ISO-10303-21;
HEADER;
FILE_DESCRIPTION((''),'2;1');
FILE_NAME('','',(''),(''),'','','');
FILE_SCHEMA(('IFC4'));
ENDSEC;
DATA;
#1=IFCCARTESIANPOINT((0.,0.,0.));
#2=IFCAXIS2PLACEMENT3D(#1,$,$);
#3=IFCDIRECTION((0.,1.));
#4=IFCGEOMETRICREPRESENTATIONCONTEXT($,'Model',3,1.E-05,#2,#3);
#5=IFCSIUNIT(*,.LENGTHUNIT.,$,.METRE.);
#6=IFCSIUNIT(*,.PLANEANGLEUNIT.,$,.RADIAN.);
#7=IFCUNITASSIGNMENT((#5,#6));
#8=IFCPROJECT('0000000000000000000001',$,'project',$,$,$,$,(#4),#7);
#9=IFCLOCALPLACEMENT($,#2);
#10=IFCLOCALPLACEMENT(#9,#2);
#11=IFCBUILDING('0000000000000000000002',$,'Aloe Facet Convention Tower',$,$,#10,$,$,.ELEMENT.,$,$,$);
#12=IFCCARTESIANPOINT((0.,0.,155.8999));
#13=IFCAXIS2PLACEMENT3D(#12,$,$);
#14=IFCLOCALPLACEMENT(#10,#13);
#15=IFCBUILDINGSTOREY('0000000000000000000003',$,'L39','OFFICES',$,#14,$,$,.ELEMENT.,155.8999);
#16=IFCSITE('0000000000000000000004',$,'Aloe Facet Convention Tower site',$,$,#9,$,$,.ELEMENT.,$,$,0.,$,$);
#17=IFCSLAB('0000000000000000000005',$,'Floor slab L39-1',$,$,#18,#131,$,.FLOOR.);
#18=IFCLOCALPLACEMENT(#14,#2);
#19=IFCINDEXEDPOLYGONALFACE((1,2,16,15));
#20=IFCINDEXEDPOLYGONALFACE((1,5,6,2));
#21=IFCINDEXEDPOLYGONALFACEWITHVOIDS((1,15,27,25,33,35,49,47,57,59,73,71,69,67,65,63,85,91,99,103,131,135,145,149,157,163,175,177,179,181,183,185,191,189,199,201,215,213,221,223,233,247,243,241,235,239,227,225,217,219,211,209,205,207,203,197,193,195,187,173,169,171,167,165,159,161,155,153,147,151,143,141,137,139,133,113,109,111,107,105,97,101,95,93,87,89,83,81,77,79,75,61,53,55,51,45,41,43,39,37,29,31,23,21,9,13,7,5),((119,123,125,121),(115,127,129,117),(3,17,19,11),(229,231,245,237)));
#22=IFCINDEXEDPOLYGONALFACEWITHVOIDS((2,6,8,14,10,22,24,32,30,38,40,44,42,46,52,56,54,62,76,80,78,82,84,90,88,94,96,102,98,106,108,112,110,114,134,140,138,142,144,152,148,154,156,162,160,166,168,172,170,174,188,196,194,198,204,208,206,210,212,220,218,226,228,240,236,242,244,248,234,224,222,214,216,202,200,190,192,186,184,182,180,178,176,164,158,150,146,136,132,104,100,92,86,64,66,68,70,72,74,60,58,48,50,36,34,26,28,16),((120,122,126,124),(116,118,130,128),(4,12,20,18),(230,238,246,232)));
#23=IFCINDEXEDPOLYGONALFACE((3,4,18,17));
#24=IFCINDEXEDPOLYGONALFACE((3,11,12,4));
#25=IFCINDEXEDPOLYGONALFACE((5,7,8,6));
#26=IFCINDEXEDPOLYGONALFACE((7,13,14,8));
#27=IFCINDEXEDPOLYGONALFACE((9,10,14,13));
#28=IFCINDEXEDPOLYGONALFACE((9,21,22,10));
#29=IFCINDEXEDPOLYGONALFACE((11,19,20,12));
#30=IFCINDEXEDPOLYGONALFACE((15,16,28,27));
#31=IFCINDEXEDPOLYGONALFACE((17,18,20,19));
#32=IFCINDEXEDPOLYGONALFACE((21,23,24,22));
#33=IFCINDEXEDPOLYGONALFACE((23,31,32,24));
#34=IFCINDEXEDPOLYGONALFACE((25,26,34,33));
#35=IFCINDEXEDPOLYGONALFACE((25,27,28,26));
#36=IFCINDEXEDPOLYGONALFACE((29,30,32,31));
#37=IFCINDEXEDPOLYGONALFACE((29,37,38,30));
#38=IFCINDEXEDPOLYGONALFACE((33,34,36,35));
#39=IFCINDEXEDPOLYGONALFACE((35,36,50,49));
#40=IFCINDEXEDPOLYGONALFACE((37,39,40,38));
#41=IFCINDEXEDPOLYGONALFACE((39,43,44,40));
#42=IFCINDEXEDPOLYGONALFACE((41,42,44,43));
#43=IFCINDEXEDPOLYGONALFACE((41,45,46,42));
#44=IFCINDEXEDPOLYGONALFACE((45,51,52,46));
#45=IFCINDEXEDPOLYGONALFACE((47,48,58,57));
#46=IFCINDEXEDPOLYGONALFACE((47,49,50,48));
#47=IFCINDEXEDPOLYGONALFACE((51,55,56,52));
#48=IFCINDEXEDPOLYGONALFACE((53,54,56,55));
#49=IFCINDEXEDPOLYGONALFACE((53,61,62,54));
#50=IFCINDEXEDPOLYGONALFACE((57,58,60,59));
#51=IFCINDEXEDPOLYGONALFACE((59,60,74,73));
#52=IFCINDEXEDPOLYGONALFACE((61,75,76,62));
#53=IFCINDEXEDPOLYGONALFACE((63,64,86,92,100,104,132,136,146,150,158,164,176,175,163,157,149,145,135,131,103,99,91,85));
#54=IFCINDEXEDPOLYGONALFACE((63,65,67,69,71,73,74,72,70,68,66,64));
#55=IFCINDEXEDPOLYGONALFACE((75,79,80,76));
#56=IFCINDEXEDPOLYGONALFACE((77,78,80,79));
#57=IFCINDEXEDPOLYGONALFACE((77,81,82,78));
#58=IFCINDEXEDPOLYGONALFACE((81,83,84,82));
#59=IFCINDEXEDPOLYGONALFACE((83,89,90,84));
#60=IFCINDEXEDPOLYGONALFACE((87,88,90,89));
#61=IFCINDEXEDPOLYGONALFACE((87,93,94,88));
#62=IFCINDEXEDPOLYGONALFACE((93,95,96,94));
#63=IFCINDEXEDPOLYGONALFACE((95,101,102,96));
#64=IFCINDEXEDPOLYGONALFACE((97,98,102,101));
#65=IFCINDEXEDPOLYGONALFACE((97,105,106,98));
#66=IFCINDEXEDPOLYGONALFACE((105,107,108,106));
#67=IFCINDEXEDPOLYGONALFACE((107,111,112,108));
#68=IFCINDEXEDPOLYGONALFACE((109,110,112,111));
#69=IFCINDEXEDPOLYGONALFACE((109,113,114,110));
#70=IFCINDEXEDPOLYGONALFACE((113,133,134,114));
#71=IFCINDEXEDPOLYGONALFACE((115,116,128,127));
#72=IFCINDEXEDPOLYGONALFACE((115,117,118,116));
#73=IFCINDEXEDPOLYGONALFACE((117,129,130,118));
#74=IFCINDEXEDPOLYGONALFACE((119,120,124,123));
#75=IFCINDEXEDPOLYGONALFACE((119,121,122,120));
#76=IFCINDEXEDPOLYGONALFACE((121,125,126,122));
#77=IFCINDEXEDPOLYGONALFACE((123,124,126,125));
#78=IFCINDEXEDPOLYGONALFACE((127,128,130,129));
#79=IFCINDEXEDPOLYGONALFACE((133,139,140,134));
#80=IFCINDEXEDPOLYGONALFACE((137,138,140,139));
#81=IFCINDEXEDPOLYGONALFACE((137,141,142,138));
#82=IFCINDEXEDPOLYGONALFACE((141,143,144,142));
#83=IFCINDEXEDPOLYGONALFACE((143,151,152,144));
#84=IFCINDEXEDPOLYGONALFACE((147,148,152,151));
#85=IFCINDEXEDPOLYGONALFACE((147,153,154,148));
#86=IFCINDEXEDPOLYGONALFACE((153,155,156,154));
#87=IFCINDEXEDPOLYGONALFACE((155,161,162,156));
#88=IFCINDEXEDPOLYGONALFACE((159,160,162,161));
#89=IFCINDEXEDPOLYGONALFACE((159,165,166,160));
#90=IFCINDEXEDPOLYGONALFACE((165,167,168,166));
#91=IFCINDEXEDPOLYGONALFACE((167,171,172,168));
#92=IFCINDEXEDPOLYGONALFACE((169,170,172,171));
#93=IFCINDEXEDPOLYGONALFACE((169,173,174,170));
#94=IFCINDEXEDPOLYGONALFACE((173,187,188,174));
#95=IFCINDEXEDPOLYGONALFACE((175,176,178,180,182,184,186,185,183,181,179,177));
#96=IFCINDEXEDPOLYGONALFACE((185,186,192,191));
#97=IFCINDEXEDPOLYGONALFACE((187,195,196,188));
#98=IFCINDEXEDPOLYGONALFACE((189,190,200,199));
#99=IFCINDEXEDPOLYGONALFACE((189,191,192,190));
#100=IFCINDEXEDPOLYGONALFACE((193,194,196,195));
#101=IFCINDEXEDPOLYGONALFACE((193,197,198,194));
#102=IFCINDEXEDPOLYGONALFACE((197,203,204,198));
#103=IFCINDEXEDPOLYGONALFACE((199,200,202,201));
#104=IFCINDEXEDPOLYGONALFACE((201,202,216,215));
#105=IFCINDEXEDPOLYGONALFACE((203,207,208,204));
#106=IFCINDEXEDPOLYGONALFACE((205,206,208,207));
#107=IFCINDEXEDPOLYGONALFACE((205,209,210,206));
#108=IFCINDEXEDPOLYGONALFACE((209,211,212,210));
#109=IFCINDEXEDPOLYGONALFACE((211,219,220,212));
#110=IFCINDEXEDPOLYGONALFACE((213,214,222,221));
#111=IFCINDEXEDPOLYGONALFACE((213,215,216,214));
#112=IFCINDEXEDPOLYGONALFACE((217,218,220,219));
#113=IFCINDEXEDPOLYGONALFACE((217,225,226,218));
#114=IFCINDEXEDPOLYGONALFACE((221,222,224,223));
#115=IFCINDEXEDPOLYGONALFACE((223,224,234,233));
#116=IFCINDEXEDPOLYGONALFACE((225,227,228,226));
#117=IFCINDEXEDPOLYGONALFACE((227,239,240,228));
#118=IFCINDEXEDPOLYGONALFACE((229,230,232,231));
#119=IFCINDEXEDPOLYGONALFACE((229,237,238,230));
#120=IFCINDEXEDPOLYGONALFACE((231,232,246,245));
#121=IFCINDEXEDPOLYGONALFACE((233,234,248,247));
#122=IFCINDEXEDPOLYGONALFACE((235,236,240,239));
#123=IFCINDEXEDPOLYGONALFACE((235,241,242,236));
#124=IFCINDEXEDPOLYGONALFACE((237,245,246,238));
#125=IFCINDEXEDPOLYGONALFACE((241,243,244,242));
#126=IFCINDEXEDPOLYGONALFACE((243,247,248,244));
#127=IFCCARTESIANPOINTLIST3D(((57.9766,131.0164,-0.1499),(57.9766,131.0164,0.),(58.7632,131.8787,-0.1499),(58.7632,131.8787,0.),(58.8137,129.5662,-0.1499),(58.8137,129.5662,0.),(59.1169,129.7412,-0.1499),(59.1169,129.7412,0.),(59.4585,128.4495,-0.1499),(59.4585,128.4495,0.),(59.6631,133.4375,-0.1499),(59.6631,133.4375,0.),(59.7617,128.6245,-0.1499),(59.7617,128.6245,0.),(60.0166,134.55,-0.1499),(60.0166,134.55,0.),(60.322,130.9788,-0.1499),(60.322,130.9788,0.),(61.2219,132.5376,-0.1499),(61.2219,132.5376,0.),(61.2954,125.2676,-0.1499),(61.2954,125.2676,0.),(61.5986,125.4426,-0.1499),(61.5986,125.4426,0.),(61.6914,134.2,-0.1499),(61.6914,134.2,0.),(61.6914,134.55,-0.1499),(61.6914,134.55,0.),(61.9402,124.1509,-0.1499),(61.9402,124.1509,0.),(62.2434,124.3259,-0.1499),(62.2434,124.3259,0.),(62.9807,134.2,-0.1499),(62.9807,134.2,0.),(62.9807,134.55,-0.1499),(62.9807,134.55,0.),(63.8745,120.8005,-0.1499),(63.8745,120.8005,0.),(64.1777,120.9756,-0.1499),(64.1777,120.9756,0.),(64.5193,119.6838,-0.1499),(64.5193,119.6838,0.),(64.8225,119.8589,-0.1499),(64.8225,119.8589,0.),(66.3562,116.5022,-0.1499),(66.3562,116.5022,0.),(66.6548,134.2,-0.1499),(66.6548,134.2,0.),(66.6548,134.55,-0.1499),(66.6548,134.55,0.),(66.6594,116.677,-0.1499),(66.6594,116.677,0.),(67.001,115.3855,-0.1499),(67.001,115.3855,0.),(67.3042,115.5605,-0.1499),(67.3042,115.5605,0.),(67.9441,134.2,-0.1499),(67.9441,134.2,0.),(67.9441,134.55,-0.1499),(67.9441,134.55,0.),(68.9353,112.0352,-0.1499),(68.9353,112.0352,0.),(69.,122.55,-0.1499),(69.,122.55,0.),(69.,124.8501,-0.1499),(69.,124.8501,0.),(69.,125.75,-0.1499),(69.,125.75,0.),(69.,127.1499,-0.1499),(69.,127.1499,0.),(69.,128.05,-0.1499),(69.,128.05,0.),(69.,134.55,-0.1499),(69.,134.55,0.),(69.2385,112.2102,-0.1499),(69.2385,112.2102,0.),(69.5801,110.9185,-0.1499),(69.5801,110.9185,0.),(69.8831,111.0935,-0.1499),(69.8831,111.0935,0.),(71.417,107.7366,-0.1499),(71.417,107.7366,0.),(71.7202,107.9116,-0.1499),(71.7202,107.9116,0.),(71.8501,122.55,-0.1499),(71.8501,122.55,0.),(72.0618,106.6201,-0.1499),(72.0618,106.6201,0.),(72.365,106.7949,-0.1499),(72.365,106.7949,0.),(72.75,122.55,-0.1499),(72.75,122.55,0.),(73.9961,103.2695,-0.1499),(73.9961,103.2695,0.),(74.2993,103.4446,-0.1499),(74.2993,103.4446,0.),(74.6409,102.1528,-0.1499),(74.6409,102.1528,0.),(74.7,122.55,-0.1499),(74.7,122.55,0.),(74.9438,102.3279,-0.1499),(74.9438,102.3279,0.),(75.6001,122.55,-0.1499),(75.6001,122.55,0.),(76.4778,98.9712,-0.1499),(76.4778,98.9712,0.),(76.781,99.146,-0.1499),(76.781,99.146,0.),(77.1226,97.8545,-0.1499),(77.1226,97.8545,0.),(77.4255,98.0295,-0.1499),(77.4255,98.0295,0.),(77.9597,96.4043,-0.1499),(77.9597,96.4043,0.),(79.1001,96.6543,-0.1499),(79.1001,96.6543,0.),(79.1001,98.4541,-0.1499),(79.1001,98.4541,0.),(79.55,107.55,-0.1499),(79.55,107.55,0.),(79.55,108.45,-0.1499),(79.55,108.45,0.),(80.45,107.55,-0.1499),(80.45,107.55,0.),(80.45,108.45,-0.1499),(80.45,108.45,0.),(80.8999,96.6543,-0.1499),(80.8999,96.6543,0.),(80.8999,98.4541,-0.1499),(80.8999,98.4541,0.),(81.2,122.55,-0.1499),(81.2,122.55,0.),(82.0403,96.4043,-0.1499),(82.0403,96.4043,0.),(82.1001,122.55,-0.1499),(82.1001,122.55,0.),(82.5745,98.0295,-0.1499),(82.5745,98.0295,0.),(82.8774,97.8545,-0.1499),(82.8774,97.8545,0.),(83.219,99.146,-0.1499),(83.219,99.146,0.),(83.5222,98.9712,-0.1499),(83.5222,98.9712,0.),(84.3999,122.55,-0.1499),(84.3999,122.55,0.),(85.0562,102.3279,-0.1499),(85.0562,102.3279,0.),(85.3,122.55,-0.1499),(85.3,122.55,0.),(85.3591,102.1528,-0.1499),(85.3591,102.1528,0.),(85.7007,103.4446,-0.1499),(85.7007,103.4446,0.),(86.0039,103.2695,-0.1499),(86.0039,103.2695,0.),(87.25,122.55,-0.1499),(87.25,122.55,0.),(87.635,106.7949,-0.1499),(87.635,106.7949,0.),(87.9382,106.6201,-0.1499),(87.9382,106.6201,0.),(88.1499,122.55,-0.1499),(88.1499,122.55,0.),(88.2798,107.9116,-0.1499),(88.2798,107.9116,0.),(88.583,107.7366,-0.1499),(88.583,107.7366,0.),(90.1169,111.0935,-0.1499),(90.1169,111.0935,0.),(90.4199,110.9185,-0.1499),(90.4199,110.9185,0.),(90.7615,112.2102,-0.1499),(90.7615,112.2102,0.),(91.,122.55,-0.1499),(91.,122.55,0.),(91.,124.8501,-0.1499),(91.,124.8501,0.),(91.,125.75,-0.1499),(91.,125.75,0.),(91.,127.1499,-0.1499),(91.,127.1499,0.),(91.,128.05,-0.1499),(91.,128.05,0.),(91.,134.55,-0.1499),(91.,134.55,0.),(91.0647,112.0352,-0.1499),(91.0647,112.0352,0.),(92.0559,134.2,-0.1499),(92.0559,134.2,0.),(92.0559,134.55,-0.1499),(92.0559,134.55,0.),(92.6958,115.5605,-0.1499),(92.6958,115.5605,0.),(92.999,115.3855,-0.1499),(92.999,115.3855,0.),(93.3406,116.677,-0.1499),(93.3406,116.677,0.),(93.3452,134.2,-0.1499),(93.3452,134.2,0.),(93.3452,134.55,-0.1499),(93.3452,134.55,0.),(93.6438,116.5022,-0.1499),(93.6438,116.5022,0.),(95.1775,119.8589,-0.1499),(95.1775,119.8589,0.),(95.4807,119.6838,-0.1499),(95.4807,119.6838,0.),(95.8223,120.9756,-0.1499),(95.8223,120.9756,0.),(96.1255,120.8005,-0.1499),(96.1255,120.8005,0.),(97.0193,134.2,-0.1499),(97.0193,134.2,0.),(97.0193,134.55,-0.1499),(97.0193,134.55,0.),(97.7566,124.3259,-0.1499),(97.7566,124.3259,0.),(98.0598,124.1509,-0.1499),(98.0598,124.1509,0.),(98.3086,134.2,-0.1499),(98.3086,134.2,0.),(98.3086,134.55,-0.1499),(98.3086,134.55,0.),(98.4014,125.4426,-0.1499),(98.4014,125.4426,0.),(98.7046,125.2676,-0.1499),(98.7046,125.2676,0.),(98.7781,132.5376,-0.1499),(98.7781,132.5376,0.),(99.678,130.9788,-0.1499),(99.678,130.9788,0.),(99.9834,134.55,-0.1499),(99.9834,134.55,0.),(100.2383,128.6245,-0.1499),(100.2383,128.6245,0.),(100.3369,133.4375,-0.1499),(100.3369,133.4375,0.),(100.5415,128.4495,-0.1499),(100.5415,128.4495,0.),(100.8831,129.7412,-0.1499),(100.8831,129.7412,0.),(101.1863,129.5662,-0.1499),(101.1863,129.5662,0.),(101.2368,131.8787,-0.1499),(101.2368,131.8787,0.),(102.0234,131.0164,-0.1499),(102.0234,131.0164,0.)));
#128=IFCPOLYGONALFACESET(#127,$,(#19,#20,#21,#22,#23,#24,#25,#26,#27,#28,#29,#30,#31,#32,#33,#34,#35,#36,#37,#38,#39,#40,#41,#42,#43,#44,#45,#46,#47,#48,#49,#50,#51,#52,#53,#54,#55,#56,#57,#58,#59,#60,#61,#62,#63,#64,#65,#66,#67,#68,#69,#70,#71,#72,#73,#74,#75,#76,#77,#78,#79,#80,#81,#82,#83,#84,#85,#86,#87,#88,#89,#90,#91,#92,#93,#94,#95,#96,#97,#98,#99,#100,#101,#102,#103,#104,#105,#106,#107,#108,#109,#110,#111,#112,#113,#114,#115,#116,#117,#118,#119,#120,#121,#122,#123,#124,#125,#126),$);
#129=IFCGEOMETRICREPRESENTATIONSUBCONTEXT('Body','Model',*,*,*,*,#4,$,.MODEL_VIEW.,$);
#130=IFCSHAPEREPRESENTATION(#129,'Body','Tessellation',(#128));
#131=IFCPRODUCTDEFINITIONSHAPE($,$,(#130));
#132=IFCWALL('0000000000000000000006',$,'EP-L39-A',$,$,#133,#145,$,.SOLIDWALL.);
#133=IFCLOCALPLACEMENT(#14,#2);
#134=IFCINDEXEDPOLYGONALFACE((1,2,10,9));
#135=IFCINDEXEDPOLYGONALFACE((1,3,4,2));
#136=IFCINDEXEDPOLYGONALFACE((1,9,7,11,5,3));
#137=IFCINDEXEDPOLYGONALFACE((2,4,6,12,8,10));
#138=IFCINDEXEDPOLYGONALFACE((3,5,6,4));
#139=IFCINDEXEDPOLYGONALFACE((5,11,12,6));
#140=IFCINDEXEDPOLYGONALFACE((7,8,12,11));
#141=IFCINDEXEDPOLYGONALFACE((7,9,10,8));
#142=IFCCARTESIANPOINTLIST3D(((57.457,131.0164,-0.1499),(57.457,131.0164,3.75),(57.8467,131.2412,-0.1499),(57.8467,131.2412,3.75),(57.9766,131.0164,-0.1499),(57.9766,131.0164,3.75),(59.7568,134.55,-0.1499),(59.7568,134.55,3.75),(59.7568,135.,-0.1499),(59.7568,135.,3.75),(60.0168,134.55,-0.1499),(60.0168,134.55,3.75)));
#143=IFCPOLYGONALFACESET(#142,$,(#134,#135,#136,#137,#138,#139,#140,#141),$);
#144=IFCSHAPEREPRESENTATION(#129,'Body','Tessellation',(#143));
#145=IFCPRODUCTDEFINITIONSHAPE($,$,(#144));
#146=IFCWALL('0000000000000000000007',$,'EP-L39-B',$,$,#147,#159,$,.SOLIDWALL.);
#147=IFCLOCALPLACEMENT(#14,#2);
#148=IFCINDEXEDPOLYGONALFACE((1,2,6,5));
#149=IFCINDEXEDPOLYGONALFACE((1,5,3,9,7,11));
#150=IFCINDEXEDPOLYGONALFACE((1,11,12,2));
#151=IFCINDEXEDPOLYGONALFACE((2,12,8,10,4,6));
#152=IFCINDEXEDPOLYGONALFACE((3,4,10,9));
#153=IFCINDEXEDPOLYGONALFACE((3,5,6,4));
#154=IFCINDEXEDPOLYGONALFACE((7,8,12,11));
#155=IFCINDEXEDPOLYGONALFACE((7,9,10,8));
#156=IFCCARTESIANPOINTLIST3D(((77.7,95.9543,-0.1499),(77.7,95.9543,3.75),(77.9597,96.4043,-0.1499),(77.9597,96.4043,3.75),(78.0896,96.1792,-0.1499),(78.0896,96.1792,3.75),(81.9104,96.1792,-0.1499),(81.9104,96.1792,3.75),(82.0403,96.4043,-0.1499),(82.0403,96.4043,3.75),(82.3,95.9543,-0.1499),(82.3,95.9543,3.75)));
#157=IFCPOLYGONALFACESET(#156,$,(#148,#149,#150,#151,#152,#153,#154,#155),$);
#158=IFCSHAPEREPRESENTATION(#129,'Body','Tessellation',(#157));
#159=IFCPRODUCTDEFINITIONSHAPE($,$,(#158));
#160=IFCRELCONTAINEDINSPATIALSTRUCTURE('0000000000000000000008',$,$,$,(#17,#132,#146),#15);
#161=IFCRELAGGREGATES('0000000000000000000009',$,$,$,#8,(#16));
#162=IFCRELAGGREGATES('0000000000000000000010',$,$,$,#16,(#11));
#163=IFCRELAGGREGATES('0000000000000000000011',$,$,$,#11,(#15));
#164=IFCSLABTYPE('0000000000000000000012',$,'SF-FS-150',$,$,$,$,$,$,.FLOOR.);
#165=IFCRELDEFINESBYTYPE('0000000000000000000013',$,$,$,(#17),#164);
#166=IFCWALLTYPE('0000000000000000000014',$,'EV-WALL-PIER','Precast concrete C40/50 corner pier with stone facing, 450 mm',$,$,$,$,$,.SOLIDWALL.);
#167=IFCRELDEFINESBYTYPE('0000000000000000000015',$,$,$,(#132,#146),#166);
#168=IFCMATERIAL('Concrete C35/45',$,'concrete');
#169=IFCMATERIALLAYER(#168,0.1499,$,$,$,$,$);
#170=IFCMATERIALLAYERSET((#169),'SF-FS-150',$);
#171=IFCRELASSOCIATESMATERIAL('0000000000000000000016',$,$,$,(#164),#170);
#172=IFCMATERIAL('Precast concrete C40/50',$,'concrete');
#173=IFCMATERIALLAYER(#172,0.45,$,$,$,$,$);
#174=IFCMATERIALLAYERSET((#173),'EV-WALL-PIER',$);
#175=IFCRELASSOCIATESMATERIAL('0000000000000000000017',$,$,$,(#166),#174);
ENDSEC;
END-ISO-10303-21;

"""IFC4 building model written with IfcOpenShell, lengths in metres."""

from ifc_helpers import new_model, si_unit, direction, frame, origin, place, context, subcontext, project, spatial, polyline, outline, extrude, material, layer, layer_set, type_object, element, save


model = new_model("IFC4")

# Units and contexts
model_context = context("Model", 3, precision=1e-05, world=origin(), true_north=direction((0.0, 1.0)))
body_context = subcontext(model_context, "Body", "Model", "MODEL_VIEW")
ifc_project = project(units=[si_unit("LENGTHUNIT", "METRE"), si_unit("PLANEANGLEUNIT", "RADIAN")], contexts=[model_context])

# Site, building, storey
site_placement = place(None, origin())
site = spatial("IfcSite", under=ifc_project, at=site_placement, Name="Aloe Facet Convention Tower site", CompositionType="ELEMENT", RefElevation=0.0)
building_placement = place(site_placement, origin())
building = spatial("IfcBuilding", under=site, at=building_placement, Name="Aloe Facet Convention Tower", CompositionType="ELEMENT")
storey_placement = place(building_placement, frame((0.0, 0.0, 155.8999)))
storey = spatial("IfcBuildingStorey", under=building, at=storey_placement, Name="L39", Description="OFFICES", CompositionType="ELEMENT", Elevation=155.8999)

# Slab
ifc_material_1 = material(Name="Concrete C35/45", Category="concrete")
ifc_layer_1 = layer(ifc_material_1, 0.1499)
ifc_layer_set_1 = layer_set([ifc_layer_1], Name="SF-FS-150")
slab_type_1 = type_object("IfcSlabType", Name="SF-FS-150", PredefinedType="FLOOR", material=ifc_layer_set_1)
slab_1_placement = place(storey_placement, frame((0.0, 0.0, -0.1499)))
element("IfcSlab", 1, at=slab_1_placement, inside=storey, type_object=slab_type_1, Name="Floor slab L39-1", PredefinedType="FLOOR", context=body_context, shape_type="SweptSolid", body=[
    extrude(outline(polyline([(102.0234, 131.0164), (101.1863, 129.5662), (100.8831, 129.7412), (100.2383, 128.6245), (100.5415, 128.4495), (98.7046, 125.2676), (98.4014, 125.4426), (97.7566, 124.3259), (98.0598, 124.1509), (96.1255, 120.8005), (95.8223, 120.9756), (95.1775, 119.8589), (95.4807, 119.6838), (93.6438, 116.5022), (93.3406, 116.677), (92.6958, 115.5605), (92.999, 115.3855), (91.0647, 112.0352), (90.7615, 112.2102), (90.1169, 111.0935), (90.4199, 110.9185), (88.583, 107.7366), (88.2798, 107.9116), (87.635, 106.7949), (87.9382, 106.6201), (86.0039, 103.2695), (85.7007, 103.4446), (85.0562, 102.3279), (85.3591, 102.1528), (83.5222, 98.9712), (83.219, 99.146), (82.5745, 98.0295), (82.8774, 97.8545), (82.0403, 96.4043), (77.9597, 96.4043), (77.1226, 97.8545), (77.4255, 98.0295), (76.781, 99.146), (76.4778, 98.9712), (74.6409, 102.1528), (74.9438, 102.3279), (74.2993, 103.4446), (73.9961, 103.2695), (72.0618, 106.6201), (72.365, 106.7949), (71.7202, 107.9116), (71.417, 107.7366), (69.5801, 110.9185), (69.8831, 111.0935), (69.2385, 112.2102), (68.9353, 112.0352), (67.001, 115.3855), (67.3042, 115.5605), (66.6594, 116.677), (66.3562, 116.5022), (64.5193, 119.6838), (64.8225, 119.8589), (64.1777, 120.9756), (63.8745, 120.8005), (61.9402, 124.1509), (62.2434, 124.3259), (61.5986, 125.4426), (61.2954, 125.2676), (59.4585, 128.4495), (59.7617, 128.6245), (59.1169, 129.7412), (58.8137, 129.5662), (57.9766, 131.0164), (60.0166, 134.55), (61.6914, 134.55), (61.6914, 134.2), (62.9807, 134.2), (62.9807, 134.55), (66.6548, 134.55), (66.6548, 134.2), (67.9441, 134.2), (67.9441, 134.55), (69.0, 134.55), (69.0, 128.05), (69.0, 127.1499), (69.0, 125.75), (69.0, 124.8501), (69.0, 122.55), (71.8501, 122.55), (72.75, 122.55), (74.7, 122.55), (75.6001, 122.55), (81.2, 122.55), (82.1001, 122.55), (84.3999, 122.55), (85.3, 122.55), (87.25, 122.55), (88.1499, 122.55), (91.0, 122.55), (91.0, 124.8501), (91.0, 125.75), (91.0, 127.1499), (91.0, 128.05), (91.0, 134.55), (92.0559, 134.55), (92.0559, 134.2), (93.3452, 134.2), (93.3452, 134.55), (97.0193, 134.55), (97.0193, 134.2), (98.3086, 134.2), (98.3086, 134.55), (99.9834, 134.55), (102.0234, 131.0164)]), holes=[polyline([(80.8999, 96.6543), (80.8999, 98.4541), (79.1001, 98.4541), (79.1001, 96.6543), (80.8999, 96.6543)]), polyline([(59.6631, 133.4375), (58.7632, 131.8787), (60.322, 130.9788), (61.2219, 132.5376), (59.6631, 133.4375)]), polyline([(80.45, 107.55), (80.45, 108.45), (79.55, 108.45), (79.55, 107.55), (80.45, 107.55)]), polyline([(101.2368, 131.8787), (100.3369, 133.4375), (98.7781, 132.5376), (99.678, 130.9788), (101.2368, 131.8787)])]), origin(), (0.0, 0.0, 1.0), 0.1499),
])

# Walls
ifc_material_2 = material(Name="Precast concrete C40/50", Category="concrete")
ifc_layer_2 = layer(ifc_material_2, 0.45)
ifc_layer_set_2 = layer_set([ifc_layer_2], Name="EV-WALL-PIER")
wall_type_1 = type_object("IfcWallType", Name="EV-WALL-PIER", Description="Precast concrete C40/50 corner pier with stone facing, 450 mm", PredefinedType="SOLIDWALL", material=ifc_layer_set_2)
wall_1_placement = place(storey_placement, frame((0.0, 0.0, -0.1499)))
element("IfcWall", 2, at=wall_1_placement, inside=storey, type_object=wall_type_1, Name="EP-L39-A", PredefinedType="SOLIDWALL", context=body_context, shape_type="SweptSolid", body=[
    extrude(outline(polyline([(59.7568, 135.0), (59.7568, 134.55), (60.0168, 134.55), (57.9766, 131.0164), (57.8467, 131.2412), (57.457, 131.0164), (59.7568, 135.0)])), origin(), (0.0, 0.0, 1.0), 3.8999),
])
wall_2_placement = place(storey_placement, frame((0.0, 0.0, -0.1499)))
element("IfcWall", 3, at=wall_2_placement, inside=storey, type_object=wall_type_1, Name="EP-L39-B", PredefinedType="SOLIDWALL", context=body_context, shape_type="SweptSolid", body=[
    extrude(outline(polyline([(77.7, 95.9543), (78.0896, 96.1792), (77.9597, 96.4043), (82.0403, 96.4043), (81.9104, 96.1792), (82.3, 95.9543), (77.7, 95.9543)])), origin(), (0.0, 0.0, 1.0), 3.8999),
])

save(model, "model.ifc")
